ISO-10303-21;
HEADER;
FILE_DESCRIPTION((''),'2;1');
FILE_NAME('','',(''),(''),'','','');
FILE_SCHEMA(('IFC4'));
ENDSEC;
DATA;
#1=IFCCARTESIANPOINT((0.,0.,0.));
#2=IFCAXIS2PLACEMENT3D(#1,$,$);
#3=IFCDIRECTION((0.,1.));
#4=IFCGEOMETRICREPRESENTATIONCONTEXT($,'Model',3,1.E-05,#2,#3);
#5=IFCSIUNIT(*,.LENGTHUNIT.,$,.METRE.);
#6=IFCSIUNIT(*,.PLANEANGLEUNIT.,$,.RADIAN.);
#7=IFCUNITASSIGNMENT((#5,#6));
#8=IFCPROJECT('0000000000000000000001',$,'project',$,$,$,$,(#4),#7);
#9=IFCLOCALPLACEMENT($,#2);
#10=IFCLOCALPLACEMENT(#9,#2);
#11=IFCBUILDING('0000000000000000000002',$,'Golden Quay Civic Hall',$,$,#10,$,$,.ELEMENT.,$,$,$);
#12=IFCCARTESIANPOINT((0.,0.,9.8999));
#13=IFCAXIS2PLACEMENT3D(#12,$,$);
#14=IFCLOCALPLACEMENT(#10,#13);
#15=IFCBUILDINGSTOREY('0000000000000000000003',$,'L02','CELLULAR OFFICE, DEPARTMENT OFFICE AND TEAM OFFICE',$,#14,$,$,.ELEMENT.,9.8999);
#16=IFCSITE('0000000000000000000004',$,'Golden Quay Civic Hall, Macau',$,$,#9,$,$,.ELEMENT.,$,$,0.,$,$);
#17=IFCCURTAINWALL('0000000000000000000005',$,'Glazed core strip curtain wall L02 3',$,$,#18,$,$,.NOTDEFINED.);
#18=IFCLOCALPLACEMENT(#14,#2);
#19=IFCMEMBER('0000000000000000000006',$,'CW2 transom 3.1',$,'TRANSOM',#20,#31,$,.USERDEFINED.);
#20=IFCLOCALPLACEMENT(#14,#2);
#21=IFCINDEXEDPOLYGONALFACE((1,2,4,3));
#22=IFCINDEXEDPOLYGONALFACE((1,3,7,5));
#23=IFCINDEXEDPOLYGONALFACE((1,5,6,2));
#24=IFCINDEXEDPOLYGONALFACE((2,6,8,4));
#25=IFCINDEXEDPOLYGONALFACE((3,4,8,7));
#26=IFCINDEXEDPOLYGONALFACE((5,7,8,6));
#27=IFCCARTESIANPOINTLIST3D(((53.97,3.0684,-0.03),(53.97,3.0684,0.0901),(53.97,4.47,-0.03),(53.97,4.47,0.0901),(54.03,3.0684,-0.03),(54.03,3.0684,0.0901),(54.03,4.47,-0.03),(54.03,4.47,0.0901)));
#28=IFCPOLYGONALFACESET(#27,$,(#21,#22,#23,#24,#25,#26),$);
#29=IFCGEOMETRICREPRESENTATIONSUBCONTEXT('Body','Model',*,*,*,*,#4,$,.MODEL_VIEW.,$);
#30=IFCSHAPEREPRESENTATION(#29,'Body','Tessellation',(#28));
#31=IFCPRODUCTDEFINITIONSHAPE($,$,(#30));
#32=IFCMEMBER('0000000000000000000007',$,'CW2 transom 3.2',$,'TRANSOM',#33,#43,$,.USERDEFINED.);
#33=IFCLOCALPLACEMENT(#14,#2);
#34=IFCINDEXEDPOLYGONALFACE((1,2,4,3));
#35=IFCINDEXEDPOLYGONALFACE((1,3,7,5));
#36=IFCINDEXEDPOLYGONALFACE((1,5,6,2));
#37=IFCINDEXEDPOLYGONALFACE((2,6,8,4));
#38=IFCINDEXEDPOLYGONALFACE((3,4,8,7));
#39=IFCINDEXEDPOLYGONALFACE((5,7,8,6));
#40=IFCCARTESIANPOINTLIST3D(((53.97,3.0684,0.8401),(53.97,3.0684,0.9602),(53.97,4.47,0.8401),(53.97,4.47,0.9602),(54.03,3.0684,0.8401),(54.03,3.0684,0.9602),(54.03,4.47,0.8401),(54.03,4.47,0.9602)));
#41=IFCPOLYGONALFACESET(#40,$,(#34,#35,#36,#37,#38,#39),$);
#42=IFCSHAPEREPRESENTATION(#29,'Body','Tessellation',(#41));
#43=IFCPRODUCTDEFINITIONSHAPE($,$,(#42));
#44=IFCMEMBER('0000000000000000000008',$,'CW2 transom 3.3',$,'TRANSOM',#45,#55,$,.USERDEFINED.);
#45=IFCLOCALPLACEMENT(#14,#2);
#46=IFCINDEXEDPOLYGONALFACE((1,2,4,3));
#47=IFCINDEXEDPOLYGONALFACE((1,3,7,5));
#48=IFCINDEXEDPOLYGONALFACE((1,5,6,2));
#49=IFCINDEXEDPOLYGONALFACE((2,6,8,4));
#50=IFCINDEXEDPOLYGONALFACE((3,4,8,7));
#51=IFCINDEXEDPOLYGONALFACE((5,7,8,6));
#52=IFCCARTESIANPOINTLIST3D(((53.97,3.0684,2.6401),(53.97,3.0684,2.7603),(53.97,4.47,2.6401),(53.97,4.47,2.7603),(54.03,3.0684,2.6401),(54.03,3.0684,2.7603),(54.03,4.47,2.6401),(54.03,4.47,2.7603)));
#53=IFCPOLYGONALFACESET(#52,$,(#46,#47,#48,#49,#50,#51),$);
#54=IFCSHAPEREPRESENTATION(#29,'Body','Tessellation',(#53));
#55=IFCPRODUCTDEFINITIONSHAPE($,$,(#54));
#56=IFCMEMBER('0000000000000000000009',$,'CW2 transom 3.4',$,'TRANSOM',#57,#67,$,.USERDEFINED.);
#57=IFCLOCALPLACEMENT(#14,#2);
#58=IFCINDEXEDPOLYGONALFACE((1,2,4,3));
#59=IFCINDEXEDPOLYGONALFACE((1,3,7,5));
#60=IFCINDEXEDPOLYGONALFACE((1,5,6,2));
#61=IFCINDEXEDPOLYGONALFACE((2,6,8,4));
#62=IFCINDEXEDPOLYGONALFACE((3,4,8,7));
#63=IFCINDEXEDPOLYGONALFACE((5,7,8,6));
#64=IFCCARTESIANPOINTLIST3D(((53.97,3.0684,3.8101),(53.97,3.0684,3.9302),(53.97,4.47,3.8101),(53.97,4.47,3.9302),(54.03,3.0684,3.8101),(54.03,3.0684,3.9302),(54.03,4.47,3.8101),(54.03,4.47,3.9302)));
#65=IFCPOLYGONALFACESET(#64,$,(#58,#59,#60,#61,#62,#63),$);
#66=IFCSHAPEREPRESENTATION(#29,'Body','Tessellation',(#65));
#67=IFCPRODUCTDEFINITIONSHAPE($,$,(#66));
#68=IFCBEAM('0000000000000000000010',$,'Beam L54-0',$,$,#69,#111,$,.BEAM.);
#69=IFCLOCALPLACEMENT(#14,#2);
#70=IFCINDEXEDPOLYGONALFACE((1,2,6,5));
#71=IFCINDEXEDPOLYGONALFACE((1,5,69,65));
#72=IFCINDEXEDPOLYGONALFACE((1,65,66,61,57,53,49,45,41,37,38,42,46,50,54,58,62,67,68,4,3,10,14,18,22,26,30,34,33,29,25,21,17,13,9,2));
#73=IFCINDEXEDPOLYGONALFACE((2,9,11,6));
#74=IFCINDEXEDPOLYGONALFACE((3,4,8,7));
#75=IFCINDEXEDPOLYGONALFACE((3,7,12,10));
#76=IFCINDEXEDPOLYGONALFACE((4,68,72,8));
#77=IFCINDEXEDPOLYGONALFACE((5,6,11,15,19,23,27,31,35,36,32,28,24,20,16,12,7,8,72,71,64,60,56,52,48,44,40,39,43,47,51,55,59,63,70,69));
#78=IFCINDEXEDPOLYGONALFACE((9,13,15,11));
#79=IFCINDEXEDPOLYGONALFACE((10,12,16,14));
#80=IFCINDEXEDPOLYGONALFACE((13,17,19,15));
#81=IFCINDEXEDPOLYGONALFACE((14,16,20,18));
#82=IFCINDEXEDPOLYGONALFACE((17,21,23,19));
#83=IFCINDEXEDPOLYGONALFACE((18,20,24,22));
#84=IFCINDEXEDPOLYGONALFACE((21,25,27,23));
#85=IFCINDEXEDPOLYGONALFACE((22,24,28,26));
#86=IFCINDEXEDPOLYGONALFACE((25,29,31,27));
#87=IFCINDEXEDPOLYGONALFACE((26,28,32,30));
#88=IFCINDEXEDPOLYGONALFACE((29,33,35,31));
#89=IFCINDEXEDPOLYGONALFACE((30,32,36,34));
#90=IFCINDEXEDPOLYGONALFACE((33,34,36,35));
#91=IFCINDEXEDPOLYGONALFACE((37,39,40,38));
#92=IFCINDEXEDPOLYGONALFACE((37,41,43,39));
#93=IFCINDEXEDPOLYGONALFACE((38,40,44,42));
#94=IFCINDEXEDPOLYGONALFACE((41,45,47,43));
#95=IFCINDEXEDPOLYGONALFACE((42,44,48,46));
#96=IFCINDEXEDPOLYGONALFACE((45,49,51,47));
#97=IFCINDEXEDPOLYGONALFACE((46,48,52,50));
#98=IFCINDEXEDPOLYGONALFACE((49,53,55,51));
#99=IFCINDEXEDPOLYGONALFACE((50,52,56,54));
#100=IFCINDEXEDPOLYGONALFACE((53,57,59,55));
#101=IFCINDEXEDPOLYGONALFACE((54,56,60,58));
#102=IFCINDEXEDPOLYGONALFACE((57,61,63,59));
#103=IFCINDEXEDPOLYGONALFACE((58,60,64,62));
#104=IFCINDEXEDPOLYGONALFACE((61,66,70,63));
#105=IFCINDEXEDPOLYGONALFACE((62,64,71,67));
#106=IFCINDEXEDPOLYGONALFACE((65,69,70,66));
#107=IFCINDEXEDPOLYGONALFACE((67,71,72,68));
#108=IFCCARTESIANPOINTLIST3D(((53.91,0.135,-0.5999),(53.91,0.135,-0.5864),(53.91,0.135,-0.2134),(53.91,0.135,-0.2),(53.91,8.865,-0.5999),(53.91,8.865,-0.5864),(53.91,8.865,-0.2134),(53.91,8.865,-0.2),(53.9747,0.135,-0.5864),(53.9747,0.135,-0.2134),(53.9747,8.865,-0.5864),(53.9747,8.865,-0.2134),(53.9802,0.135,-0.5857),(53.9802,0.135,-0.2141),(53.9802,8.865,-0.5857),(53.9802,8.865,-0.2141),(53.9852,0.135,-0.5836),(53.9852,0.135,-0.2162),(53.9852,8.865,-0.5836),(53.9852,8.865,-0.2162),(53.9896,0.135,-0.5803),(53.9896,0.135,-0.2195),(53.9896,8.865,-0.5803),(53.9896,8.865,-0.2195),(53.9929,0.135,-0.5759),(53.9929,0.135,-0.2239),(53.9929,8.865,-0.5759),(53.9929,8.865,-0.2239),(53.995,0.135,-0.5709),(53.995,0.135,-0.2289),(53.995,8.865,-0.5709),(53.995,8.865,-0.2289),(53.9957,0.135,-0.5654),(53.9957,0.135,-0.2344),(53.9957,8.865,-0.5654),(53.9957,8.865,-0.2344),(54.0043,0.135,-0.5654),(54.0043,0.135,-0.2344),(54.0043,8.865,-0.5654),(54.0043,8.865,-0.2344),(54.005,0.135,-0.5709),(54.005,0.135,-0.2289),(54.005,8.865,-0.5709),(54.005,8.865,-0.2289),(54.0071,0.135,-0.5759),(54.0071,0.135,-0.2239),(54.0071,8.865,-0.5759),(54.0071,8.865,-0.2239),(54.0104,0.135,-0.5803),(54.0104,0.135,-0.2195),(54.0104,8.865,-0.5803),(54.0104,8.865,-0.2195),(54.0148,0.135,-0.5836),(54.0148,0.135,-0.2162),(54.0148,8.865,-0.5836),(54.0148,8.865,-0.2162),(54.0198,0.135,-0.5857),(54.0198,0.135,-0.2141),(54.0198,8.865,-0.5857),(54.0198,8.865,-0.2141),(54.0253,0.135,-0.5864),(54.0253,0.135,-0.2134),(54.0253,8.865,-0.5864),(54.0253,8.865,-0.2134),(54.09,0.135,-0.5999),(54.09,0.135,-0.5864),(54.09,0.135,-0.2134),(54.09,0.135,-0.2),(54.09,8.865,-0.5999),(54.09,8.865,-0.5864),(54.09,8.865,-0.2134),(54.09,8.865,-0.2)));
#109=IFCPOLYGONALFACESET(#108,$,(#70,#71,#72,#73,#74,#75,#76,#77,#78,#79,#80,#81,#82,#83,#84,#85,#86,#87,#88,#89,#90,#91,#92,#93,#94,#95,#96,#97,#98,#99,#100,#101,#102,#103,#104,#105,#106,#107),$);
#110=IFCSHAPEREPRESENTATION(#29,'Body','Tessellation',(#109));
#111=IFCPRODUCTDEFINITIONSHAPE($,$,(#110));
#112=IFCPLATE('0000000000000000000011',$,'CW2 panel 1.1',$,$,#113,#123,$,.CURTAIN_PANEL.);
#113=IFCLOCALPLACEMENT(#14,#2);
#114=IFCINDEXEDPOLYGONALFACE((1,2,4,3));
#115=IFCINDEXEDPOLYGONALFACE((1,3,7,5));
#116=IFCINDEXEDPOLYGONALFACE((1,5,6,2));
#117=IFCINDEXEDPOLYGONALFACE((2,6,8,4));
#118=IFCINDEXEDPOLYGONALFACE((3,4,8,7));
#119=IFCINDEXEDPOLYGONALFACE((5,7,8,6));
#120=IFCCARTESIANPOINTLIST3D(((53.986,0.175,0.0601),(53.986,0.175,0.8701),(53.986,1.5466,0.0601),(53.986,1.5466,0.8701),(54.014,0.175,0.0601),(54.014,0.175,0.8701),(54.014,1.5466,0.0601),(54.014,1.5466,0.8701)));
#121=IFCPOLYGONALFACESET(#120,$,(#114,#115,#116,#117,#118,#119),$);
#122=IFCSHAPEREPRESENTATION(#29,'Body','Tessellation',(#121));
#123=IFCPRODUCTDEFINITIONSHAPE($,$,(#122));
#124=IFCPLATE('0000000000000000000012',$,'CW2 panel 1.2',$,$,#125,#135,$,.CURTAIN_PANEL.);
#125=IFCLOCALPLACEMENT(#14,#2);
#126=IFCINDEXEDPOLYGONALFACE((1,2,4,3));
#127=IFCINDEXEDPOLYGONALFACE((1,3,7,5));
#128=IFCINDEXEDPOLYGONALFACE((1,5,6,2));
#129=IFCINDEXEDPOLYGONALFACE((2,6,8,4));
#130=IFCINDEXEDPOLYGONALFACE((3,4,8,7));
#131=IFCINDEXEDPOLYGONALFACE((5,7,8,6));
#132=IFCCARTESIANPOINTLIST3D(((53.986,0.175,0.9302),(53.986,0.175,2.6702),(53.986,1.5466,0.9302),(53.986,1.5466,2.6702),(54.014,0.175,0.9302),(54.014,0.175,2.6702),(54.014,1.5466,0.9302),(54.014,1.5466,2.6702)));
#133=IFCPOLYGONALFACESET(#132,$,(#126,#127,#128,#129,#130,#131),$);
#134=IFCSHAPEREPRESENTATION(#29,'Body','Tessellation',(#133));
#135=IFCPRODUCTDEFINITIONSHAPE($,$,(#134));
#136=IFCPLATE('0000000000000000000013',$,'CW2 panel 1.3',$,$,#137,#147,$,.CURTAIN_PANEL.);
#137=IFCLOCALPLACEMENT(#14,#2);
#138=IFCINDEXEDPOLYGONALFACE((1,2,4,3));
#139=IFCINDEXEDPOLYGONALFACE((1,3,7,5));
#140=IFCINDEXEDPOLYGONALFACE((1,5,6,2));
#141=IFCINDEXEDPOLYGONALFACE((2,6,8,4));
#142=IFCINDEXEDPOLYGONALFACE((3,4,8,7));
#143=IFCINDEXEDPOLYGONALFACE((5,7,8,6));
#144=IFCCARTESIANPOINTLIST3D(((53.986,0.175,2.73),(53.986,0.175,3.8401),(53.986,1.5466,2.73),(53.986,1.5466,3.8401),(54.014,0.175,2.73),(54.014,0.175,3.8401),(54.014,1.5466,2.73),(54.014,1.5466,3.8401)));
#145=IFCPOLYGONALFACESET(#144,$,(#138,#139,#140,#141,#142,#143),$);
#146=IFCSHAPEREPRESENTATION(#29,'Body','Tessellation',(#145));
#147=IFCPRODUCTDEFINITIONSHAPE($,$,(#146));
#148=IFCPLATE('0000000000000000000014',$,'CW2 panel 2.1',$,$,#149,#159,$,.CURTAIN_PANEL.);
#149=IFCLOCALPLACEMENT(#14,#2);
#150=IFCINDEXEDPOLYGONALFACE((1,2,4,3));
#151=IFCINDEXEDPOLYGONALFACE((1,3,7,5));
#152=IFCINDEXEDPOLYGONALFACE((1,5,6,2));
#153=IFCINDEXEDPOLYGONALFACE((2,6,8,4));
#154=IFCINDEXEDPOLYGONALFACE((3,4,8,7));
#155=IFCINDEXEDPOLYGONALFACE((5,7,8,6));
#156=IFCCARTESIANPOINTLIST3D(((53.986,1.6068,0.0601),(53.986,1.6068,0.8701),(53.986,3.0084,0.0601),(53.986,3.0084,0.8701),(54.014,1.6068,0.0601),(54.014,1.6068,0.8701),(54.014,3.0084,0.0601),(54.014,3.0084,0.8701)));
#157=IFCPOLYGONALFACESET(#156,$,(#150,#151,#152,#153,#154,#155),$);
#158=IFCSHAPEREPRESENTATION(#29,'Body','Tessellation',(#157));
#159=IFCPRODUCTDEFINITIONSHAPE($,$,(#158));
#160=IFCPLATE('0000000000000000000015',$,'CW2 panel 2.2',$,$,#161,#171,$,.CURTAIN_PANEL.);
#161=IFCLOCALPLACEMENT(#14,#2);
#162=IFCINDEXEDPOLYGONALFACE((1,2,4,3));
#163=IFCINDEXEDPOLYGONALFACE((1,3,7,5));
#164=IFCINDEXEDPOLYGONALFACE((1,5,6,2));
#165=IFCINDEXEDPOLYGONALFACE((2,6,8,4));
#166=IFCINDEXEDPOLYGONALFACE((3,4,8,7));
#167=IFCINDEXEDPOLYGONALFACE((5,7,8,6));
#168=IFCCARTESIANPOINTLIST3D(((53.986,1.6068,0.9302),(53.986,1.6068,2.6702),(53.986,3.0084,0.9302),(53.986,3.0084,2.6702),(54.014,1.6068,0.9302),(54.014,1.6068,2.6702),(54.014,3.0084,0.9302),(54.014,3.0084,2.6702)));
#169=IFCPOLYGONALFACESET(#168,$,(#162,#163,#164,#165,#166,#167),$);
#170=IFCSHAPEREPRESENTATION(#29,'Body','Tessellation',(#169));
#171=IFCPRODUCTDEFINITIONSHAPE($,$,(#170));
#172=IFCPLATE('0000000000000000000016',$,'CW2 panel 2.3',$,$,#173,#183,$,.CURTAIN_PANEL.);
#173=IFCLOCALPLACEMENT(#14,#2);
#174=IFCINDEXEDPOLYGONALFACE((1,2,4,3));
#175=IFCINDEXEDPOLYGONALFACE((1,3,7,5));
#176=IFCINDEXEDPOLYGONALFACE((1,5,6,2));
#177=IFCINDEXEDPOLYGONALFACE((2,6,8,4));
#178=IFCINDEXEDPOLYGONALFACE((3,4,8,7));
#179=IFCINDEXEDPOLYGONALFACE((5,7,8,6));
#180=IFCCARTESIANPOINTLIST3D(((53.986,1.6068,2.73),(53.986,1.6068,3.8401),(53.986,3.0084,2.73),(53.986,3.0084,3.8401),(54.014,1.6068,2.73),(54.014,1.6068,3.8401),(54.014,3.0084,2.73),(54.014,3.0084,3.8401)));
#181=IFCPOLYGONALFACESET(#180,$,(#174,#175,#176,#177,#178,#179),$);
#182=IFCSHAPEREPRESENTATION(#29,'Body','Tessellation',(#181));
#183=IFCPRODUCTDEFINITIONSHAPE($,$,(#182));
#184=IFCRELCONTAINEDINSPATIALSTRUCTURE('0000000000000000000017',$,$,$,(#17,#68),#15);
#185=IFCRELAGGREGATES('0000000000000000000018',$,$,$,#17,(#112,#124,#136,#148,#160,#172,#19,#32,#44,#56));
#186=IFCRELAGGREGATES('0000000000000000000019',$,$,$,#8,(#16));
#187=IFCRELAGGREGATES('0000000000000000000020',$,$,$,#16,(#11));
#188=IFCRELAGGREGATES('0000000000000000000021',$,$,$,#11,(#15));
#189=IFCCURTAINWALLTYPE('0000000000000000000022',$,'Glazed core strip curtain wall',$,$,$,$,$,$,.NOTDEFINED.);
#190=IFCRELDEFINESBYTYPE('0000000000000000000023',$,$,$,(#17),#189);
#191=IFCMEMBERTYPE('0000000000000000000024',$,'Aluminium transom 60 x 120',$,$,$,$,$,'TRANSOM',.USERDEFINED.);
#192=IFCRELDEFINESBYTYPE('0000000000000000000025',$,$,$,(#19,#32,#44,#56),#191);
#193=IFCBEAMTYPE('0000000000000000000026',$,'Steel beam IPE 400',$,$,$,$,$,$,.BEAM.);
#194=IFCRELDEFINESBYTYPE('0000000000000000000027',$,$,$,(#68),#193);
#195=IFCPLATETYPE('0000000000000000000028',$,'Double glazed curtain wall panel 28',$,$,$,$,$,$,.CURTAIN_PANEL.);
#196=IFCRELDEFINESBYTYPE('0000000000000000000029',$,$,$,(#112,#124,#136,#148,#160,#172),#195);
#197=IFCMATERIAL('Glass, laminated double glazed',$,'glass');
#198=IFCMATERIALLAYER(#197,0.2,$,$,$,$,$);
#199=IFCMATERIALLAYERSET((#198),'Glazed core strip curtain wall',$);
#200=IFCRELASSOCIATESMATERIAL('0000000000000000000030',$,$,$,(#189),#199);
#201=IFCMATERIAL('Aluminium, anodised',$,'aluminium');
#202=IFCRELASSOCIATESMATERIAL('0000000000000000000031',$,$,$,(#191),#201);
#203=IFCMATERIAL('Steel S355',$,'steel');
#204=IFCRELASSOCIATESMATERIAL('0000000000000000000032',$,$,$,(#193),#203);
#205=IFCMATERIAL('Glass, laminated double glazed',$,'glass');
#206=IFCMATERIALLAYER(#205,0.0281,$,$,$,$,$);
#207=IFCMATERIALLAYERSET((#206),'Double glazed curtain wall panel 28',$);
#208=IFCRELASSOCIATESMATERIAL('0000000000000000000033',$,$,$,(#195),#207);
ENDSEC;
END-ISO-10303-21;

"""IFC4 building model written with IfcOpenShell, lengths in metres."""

from ifc_helpers import new_model, si_unit, direction, frame, origin, origin_2d, place, context, subcontext, project, spatial, rectangle, i_section, extrude, material, layer, layer_set, material_profile, profile_set, type_object, element, aggregate, save


model = new_model("IFC4")

# Units and contexts
model_context = context("Model", 3, precision=1e-05, world=origin(), true_north=direction((0.0, 1.0)))
body_context = subcontext(model_context, "Body", "Model", "MODEL_VIEW")
ifc_project = project(units=[si_unit("LENGTHUNIT", "METRE"), si_unit("PLANEANGLEUNIT", "RADIAN")], contexts=[model_context])

# Site, building, storey
site_placement = place(None, origin())
site = spatial("IfcSite", under=ifc_project, at=site_placement, Name="Golden Quay Civic Hall, Macau", CompositionType="ELEMENT", RefElevation=0.0)
building_placement = place(site_placement, origin())
building = spatial("IfcBuilding", under=site, at=building_placement, Name="Golden Quay Civic Hall", CompositionType="ELEMENT")
storey_placement = place(building_placement, frame((0.0, 0.0, 9.8999)))
storey = spatial("IfcBuildingStorey", under=building, at=storey_placement, Name="L02", Description="CELLULAR OFFICE, DEPARTMENT OFFICE AND TEAM OFFICE", CompositionType="ELEMENT", Elevation=9.8999)

# Curtain wall, members
ifc_material_1 = material(Name="Glass, laminated double glazed", Category="glass")
ifc_layer_1 = layer(ifc_material_1, 0.2)
ifc_layer_set_1 = layer_set([ifc_layer_1], Name="Glazed core strip curtain wall")
curtain_wall_type = type_object("IfcCurtainWallType", Name="Glazed core strip curtain wall", PredefinedType="NOTDEFINED", material=ifc_layer_set_1)
curtain_wall_placement = place(storey_placement, origin())
curtain_wall = element("IfcCurtainWall", 1, at=curtain_wall_placement, inside=storey, type_object=curtain_wall_type, Name="Glazed core strip curtain wall L02 3", PredefinedType="NOTDEFINED")
ifc_material_2 = material(Name="Aluminium, anodised", Category="aluminium")
ifc_material_profile_1 = material_profile(ifc_material_2, rectangle(XDim=0.0601, YDim=0.1201, at=origin_2d()), Name="Aluminium 60 x 120")
ifc_profile_set_1 = profile_set([ifc_material_profile_1], Name="Aluminium, anodised")
member_type_1 = type_object("IfcMemberType", Name="Aluminium transom 60 x 120", ElementType="TRANSOM", PredefinedType="USERDEFINED", material=ifc_profile_set_1)
member_1_placement = place(storey_placement, frame((54.0, 3.0684, 0.03), z_axis=(0.0, 1.0, 0.0), x_axis=(-1.0, 0.0, 0.0)))
member_1 = element("IfcMember", 2, at=member_1_placement, type_object=member_type_1, Name="CW2 transom 3.1", ObjectType="TRANSOM", PredefinedType="USERDEFINED", context=body_context, shape_type="SweptSolid", body=[
    extrude(rectangle(XDim=0.0601, YDim=0.1201, at=origin_2d()), origin(), (0.0, 0.0, 1.0), 1.4016),
])
member_2_placement = place(storey_placement, frame((54.0, 3.0684, 0.9001), z_axis=(0.0, 1.0, 0.0), x_axis=(-1.0, 0.0, 0.0)))
member_2 = element("IfcMember", 3, at=member_2_placement, type_object=member_type_1, Name="CW2 transom 3.2", ObjectType="TRANSOM", PredefinedType="USERDEFINED", context=body_context, shape_type="SweptSolid", body=[
    extrude(rectangle(XDim=0.0601, YDim=0.1201, at=origin_2d()), origin(), (0.0, 0.0, 1.0), 1.4016),
])
member_3_placement = place(storey_placement, frame((54.0, 3.0684, 2.7002), z_axis=(0.0, 1.0, 0.0), x_axis=(-1.0, 0.0, 0.0)))
member_3 = element("IfcMember", 4, at=member_3_placement, type_object=member_type_1, Name="CW2 transom 3.3", ObjectType="TRANSOM", PredefinedType="USERDEFINED", context=body_context, shape_type="SweptSolid", body=[
    extrude(rectangle(XDim=0.0601, YDim=0.1201, at=origin_2d()), origin(), (0.0, 0.0, 1.0), 1.4016),
])
member_4_placement = place(storey_placement, frame((54.0, 3.0684, 3.8701), z_axis=(0.0, 1.0, 0.0), x_axis=(-1.0, 0.0, 0.0)))
member_4 = element("IfcMember", 5, at=member_4_placement, type_object=member_type_1, Name="CW2 transom 3.4", ObjectType="TRANSOM", PredefinedType="USERDEFINED", context=body_context, shape_type="SweptSolid", body=[
    extrude(rectangle(XDim=0.0601, YDim=0.1201, at=origin_2d()), origin(), (0.0, 0.0, 1.0), 1.4016),
])

# Beam
ifc_material_3 = material(Name="Steel S355", Category="steel")
ifc_material_profile_2 = material_profile(ifc_material_3, i_section(OverallWidth=0.1799, OverallDepth=0.3999, WebThickness=0.0085, FlangeThickness=0.0134, FilletRadius=0.021, at=origin_2d()), Name="IPE 400")
ifc_profile_set_2 = profile_set([ifc_material_profile_2], Name="Steel S355")
beam_type = type_object("IfcBeamType", Name="Steel beam IPE 400", PredefinedType="BEAM", material=ifc_profile_set_2)
beam_placement = place(storey_placement, frame((54.0, 0.135, -0.3999), z_axis=(0.0, 1.0, 0.0), x_axis=(-1.0, 0.0, 0.0)))
element("IfcBeam", 6, at=beam_placement, inside=storey, type_object=beam_type, Name="Beam L54-0", PredefinedType="BEAM", context=body_context, shape_type="SweptSolid", body=[
    extrude(i_section(OverallWidth=0.1799, OverallDepth=0.3999, WebThickness=0.0085, FlangeThickness=0.0134, FilletRadius=0.021, at=origin_2d()), origin(), (0.0, 0.0, 1.0), 8.73),
])

# Plates
ifc_material_4 = material(Name="Glass, laminated double glazed", Category="glass")
ifc_layer_2 = layer(ifc_material_4, 0.0281)
ifc_layer_set_2 = layer_set([ifc_layer_2], Name="Double glazed curtain wall panel 28")
plate_type = type_object("IfcPlateType", Name="Double glazed curtain wall panel 28", PredefinedType="CURTAIN_PANEL", material=ifc_layer_set_2)
plate_1_placement = place(storey_placement, frame((54.0, 0.8608, 0.0601), z_axis=(0.0, 0.0, 1.0), x_axis=(0.0, 1.0, 0.0)))
plate_1 = element("IfcPlate", 7, at=plate_1_placement, type_object=plate_type, Name="CW2 panel 1.1", PredefinedType="CURTAIN_PANEL", context=body_context, shape_type="SweptSolid", body=[
    extrude(rectangle(XDim=1.3716, YDim=0.0281, at=origin_2d()), origin(), (0.0, 0.0, 1.0), 0.8101),
])
plate_2_placement = place(storey_placement, frame((54.0, 0.8608, 0.9302), z_axis=(0.0, 0.0, 1.0), x_axis=(0.0, 1.0, 0.0)))
plate_2 = element("IfcPlate", 8, at=plate_2_placement, type_object=plate_type, Name="CW2 panel 1.2", PredefinedType="CURTAIN_PANEL", context=body_context, shape_type="SweptSolid", body=[
    extrude(rectangle(XDim=1.3716, YDim=0.0281, at=origin_2d()), origin(), (0.0, 0.0, 1.0), 1.74),
])
plate_3_placement = place(storey_placement, frame((54.0, 0.8608, 2.73), z_axis=(0.0, 0.0, 1.0), x_axis=(0.0, 1.0, 0.0)))
plate_3 = element("IfcPlate", 9, at=plate_3_placement, type_object=plate_type, Name="CW2 panel 1.3", PredefinedType="CURTAIN_PANEL", context=body_context, shape_type="SweptSolid", body=[
    extrude(rectangle(XDim=1.3716, YDim=0.0281, at=origin_2d()), origin(), (0.0, 0.0, 1.0), 1.1101),
])
plate_4_placement = place(storey_placement, frame((54.0, 2.3076, 0.0601), z_axis=(0.0, 0.0, 1.0), x_axis=(0.0, 1.0, 0.0)))
plate_4 = element("IfcPlate", 10, at=plate_4_placement, type_object=plate_type, Name="CW2 panel 2.1", PredefinedType="CURTAIN_PANEL", context=body_context, shape_type="SweptSolid", body=[
    extrude(rectangle(XDim=1.4016, YDim=0.0281, at=origin_2d()), origin(), (0.0, 0.0, 1.0), 0.8101),
])
plate_5_placement = place(storey_placement, frame((54.0, 2.3076, 0.9302), z_axis=(0.0, 0.0, 1.0), x_axis=(0.0, 1.0, 0.0)))
plate_5 = element("IfcPlate", 11, at=plate_5_placement, type_object=plate_type, Name="CW2 panel 2.2", PredefinedType="CURTAIN_PANEL", context=body_context, shape_type="SweptSolid", body=[
    extrude(rectangle(XDim=1.4016, YDim=0.0281, at=origin_2d()), origin(), (0.0, 0.0, 1.0), 1.74),
])
plate_6_placement = place(storey_placement, frame((54.0, 2.3076, 2.73), z_axis=(0.0, 0.0, 1.0), x_axis=(0.0, 1.0, 0.0)))
plate_6 = element("IfcPlate", 12, at=plate_6_placement, type_object=plate_type, Name="CW2 panel 2.3", PredefinedType="CURTAIN_PANEL", context=body_context, shape_type="SweptSolid", body=[
    extrude(rectangle(XDim=1.4016, YDim=0.0281, at=origin_2d()), origin(), (0.0, 0.0, 1.0), 1.1101),
])
aggregate(curtain_wall, [plate_1, plate_2, plate_3, plate_4, plate_5, plate_6, member_1, member_2, member_3, member_4])

save(model, "model.ifc")
